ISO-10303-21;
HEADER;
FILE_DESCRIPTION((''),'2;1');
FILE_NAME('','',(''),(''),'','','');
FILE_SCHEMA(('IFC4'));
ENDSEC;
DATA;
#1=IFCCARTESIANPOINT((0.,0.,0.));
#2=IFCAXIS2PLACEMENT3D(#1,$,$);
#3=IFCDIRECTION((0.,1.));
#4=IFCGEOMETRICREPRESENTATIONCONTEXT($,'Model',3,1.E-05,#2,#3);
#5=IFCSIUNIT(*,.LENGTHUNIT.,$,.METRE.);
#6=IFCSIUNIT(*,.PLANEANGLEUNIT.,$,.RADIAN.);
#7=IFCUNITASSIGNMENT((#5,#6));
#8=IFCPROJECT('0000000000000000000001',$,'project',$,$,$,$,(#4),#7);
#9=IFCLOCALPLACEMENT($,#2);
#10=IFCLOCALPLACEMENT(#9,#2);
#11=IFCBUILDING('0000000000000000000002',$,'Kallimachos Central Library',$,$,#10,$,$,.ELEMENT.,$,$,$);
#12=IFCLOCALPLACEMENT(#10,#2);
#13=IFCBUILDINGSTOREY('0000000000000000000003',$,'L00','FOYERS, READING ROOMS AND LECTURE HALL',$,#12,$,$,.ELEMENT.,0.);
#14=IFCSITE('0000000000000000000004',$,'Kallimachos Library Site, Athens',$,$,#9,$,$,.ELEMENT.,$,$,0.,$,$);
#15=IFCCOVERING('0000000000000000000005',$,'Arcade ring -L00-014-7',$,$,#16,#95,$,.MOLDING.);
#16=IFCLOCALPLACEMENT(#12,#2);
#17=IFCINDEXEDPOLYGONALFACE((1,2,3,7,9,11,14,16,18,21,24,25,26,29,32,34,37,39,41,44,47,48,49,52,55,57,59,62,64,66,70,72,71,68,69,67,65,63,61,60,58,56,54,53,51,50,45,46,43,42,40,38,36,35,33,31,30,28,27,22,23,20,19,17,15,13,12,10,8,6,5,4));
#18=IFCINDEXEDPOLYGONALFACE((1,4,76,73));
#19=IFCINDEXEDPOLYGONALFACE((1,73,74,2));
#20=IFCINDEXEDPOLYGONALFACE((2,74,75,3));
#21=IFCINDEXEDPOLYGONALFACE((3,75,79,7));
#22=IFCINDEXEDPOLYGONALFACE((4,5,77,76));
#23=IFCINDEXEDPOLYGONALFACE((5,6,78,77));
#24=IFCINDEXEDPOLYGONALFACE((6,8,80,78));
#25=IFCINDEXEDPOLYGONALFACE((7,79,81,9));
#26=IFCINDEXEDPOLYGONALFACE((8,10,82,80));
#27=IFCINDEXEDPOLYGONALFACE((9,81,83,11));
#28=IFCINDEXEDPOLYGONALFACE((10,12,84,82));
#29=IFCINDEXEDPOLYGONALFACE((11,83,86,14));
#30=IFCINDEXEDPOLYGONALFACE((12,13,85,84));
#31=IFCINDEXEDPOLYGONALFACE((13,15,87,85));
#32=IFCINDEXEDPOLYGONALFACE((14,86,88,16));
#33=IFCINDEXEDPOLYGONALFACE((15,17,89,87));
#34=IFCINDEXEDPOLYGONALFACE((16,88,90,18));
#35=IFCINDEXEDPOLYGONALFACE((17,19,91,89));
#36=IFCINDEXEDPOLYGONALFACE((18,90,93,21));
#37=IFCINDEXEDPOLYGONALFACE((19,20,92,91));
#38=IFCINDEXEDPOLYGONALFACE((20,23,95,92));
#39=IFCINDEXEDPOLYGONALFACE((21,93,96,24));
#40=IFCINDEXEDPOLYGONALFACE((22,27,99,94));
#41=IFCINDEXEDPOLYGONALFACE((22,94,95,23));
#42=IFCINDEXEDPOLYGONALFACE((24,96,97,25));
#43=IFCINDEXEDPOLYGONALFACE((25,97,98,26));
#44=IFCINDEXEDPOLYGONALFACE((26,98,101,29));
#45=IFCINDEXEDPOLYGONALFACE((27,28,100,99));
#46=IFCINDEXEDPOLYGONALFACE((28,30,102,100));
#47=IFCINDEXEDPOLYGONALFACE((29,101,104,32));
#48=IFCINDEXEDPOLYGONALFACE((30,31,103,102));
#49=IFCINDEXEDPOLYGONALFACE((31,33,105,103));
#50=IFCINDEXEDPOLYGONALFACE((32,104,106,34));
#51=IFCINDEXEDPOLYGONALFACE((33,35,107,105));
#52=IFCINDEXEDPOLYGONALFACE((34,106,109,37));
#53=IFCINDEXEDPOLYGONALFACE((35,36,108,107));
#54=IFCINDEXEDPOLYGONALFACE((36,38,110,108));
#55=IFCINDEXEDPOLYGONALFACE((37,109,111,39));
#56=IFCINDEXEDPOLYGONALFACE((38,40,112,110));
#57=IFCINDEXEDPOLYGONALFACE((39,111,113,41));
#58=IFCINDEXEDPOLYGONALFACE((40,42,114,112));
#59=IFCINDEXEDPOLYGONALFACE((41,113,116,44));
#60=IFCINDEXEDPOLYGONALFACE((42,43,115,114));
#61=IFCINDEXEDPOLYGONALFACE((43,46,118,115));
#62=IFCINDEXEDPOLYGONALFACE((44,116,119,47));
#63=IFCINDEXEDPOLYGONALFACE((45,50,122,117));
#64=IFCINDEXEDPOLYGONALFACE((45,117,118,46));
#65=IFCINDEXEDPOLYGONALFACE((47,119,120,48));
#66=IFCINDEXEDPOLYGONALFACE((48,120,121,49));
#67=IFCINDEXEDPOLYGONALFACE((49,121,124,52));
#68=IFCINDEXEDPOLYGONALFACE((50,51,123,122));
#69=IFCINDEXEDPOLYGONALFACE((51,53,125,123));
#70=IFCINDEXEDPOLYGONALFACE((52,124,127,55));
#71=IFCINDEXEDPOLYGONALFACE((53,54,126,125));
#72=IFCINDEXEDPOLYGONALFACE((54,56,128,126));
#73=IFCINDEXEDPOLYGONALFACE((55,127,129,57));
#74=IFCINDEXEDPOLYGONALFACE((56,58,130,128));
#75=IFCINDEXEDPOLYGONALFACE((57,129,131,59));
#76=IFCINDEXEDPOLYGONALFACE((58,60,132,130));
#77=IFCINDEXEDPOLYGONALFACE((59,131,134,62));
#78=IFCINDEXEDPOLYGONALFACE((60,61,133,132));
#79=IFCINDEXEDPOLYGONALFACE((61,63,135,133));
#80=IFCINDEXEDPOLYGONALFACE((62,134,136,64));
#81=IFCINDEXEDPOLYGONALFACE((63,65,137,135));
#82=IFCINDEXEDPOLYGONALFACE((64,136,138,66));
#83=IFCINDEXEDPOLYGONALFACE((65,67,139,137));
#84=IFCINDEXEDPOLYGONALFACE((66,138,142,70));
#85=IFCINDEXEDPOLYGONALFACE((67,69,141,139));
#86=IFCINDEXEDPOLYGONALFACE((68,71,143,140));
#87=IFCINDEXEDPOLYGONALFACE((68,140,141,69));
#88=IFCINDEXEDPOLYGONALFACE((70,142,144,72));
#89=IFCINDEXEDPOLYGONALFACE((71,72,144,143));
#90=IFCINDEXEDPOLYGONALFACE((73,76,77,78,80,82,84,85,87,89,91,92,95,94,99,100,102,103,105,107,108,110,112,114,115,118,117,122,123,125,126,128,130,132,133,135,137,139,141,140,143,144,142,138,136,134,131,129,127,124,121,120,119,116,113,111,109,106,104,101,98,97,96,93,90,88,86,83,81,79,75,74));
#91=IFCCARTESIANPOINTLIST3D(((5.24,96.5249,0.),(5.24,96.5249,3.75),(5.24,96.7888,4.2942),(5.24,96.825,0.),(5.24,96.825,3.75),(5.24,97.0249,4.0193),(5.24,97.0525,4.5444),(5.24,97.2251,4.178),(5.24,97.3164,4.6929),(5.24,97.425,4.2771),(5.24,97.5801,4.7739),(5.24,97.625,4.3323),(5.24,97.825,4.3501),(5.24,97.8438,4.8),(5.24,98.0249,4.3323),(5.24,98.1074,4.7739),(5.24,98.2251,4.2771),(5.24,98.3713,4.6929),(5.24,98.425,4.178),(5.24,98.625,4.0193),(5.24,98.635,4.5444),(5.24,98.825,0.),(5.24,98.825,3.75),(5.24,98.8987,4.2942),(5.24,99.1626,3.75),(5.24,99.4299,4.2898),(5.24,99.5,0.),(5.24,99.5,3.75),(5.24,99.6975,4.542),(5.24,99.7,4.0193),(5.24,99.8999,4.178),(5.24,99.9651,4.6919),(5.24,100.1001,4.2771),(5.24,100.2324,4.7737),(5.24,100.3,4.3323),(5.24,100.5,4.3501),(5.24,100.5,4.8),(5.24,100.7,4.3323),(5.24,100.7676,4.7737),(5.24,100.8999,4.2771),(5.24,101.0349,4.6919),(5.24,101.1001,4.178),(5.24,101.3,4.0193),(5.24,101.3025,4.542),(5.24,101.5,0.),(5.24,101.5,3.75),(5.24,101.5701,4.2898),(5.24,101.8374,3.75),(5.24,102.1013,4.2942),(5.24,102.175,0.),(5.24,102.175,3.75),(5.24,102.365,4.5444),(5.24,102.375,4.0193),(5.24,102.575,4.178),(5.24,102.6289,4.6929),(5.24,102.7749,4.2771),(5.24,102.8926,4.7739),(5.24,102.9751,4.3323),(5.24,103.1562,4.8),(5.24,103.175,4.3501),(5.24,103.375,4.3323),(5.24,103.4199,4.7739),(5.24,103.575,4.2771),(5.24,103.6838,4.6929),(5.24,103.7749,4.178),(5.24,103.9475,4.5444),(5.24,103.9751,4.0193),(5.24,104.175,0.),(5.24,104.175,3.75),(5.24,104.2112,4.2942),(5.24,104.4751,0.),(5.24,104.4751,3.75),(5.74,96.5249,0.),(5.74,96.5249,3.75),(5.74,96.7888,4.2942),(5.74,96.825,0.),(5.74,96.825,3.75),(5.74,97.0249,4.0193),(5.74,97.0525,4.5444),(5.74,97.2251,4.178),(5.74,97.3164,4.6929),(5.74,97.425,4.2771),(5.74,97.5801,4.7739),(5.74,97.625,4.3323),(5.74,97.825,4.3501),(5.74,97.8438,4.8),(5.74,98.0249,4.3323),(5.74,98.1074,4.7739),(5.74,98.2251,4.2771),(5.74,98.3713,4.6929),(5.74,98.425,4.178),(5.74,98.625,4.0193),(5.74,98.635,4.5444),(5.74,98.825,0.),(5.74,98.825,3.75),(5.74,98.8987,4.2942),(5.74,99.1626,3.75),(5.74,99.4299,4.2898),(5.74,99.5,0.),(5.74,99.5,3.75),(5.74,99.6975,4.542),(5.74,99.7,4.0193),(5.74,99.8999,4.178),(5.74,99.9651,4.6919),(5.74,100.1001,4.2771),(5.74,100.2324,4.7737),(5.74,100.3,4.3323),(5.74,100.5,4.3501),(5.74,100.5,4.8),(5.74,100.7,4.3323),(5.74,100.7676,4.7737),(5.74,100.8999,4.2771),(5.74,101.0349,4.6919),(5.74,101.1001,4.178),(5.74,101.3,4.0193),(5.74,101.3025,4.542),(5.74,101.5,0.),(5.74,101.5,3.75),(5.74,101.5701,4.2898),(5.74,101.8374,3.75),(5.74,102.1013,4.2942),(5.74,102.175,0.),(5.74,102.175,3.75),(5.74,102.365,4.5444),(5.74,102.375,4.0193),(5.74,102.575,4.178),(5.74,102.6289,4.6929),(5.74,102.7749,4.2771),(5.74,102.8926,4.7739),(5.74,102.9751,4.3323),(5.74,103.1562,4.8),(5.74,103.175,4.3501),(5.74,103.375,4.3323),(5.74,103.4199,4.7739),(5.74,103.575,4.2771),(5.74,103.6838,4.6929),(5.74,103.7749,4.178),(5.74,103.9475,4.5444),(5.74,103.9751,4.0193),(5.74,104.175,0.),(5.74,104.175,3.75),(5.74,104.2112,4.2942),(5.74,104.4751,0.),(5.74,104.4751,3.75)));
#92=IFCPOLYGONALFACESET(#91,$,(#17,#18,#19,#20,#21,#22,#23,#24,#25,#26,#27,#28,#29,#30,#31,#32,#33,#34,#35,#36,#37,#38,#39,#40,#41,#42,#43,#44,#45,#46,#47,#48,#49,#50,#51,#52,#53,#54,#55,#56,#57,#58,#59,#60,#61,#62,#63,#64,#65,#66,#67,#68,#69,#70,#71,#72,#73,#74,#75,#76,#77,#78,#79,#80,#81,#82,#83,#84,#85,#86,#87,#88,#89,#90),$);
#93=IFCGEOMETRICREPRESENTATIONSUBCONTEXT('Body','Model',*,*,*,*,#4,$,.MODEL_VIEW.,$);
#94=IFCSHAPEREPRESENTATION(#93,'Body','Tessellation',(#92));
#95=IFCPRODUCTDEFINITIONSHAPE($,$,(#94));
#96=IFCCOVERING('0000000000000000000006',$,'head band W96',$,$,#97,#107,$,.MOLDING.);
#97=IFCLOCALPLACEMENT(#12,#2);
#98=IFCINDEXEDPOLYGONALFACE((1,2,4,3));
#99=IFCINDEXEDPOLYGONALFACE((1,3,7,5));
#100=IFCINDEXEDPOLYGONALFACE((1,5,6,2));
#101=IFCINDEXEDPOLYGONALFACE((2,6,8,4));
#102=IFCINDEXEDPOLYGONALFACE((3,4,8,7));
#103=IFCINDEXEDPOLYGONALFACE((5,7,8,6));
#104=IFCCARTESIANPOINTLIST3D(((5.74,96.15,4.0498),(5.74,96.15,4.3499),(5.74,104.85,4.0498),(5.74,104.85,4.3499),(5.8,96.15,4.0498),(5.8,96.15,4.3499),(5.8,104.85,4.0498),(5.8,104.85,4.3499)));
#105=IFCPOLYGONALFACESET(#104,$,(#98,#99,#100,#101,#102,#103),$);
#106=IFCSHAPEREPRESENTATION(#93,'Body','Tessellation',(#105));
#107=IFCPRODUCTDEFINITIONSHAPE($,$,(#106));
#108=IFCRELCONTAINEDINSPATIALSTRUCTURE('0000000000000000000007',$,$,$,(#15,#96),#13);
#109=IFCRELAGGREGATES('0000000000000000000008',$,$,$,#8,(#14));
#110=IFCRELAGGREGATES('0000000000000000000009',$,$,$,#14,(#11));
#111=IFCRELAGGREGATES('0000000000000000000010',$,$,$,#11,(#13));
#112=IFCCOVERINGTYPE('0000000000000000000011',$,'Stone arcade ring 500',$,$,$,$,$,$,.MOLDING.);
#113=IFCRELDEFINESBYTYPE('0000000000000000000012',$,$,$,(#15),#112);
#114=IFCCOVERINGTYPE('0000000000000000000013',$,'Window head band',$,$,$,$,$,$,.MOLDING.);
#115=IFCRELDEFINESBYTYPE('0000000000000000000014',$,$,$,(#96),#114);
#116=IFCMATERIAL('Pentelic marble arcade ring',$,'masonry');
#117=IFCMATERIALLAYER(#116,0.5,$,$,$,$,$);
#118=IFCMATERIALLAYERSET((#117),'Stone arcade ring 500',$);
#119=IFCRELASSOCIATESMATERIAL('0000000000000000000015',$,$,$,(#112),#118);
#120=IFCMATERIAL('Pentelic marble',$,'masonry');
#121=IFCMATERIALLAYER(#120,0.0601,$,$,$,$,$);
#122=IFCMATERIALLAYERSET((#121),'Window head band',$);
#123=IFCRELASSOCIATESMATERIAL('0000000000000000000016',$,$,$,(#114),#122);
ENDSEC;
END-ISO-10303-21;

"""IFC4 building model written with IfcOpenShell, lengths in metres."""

from ifc_helpers import new_model, si_unit, direction, frame, origin, origin_2d, place, context, subcontext, project, spatial, polyline, rectangle, outline, extrude, material, layer, layer_set, type_object, element, save


model = new_model("IFC4")

# Units and contexts
model_context = context("Model", 3, precision=1e-05, world=origin(), true_north=direction((0.0, 1.0)))
body_context = subcontext(model_context, "Body", "Model", "MODEL_VIEW")
ifc_project = project(units=[si_unit("LENGTHUNIT", "METRE"), si_unit("PLANEANGLEUNIT", "RADIAN")], contexts=[model_context])

# Site, building, storey
site_placement = place(None, origin())
site = spatial("IfcSite", under=ifc_project, at=site_placement, Name="Kallimachos Library Site, Athens", CompositionType="ELEMENT", RefElevation=0.0)
building_placement = place(site_placement, origin())
building = spatial("IfcBuilding", under=site, at=building_placement, Name="Kallimachos Central Library", CompositionType="ELEMENT")
storey_placement = place(building_placement, origin())
storey = spatial("IfcBuildingStorey", under=building, at=storey_placement, Name="L00", Description="FOYERS, READING ROOMS AND LECTURE HALL", CompositionType="ELEMENT", Elevation=0.0)

# Coverings
ifc_material_1 = material(Name="Pentelic marble arcade ring", Category="masonry")
ifc_layer_1 = layer(ifc_material_1, 0.5)
ifc_layer_set_1 = layer_set([ifc_layer_1], Name="Stone arcade ring 500")
covering_type_1 = type_object("IfcCoveringType", Name="Stone arcade ring 500", PredefinedType="MOLDING", material=ifc_layer_set_1)
covering_1_placement = place(storey_placement, frame((5.24, 96.5249, 0.0), z_axis=(-1.0, 0.0, 0.0), x_axis=(0.0, 0.0, 1.0)))
element("IfcCovering", 1, at=covering_1_placement, inside=storey, type_object=covering_type_1, Name="Arcade ring -L00-014-7", PredefinedType="MOLDING", context=body_context, shape_type="SweptSolid", body=[
    extrude(outline(polyline([(0.0, 0.0), (3.75, 0.0), (4.2942, 0.2639), (4.5444, 0.5276), (4.6929, 0.7915), (4.7739, 1.0552), (4.8, 1.3188), (4.7739, 1.5825), (4.6929, 1.8464), (4.5444, 2.1101), (4.2942, 2.3738), (3.75, 2.6377), (4.2898, 2.905), (4.542, 3.1726), (4.6919, 3.4402), (4.7737, 3.7075), (4.8, 3.9751), (4.7737, 4.2427), (4.6919, 4.51), (4.542, 4.7776), (4.2898, 5.0452), (3.75, 5.3125), (4.2942, 5.5764), (4.5444, 5.8401), (4.6929, 6.104), (4.7739, 6.3677), (4.8, 6.6313), (4.7739, 6.895), (4.6929, 7.1589), (4.5444, 7.4226), (4.2942, 7.6863), (3.75, 7.9502), (0.0, 7.9502), (0.0, 7.6501), (3.75, 7.6501), (4.0193, 7.4502), (4.178, 7.25), (4.2771, 7.05), (4.3323, 6.8501), (4.3501, 6.6501), (4.3323, 6.4502), (4.2771, 6.25), (4.178, 6.05), (4.0193, 5.8501), (3.75, 5.6501), (0.0, 5.6501), (0.0, 4.9751), (3.75, 4.9751), (4.0193, 4.7751), (4.178, 4.5752), (4.2771, 4.375), (4.3323, 4.175), (4.3501, 3.9751), (4.3323, 3.7751), (4.2771, 3.5752), (4.178, 3.375), (4.0193, 3.175), (3.75, 2.9751), (0.0, 2.9751), (0.0, 2.3), (3.75, 2.3), (4.0193, 2.1001), (4.178, 1.9001), (4.2771, 1.7002), (4.3323, 1.5), (4.3501, 1.3), (4.3323, 1.1001), (4.2771, 0.9001), (4.178, 0.7002), (4.0193, 0.5), (3.75, 0.3), (0.0, 0.3), (0.0, 0.0)])), origin(), (0.0, 0.0, -1.0), 0.5),
])
ifc_material_2 = material(Name="Pentelic marble", Category="masonry")
ifc_layer_2 = layer(ifc_material_2, 0.0601)
ifc_layer_set_2 = layer_set([ifc_layer_2], Name="Window head band")
covering_type_2 = type_object("IfcCoveringType", Name="Window head band", PredefinedType="MOLDING", material=ifc_layer_set_2)
covering_2_placement = place(storey_placement, frame((5.77, 100.5, 4.0498), z_axis=(0.0, 0.0, 1.0), x_axis=(1.0, 0.0, 0.0)))
element("IfcCovering", 2, at=covering_2_placement, inside=storey, type_object=covering_type_2, Name="head band W96", PredefinedType="MOLDING", context=body_context, shape_type="SweptSolid", body=[
    extrude(rectangle(XDim=0.0601, YDim=8.7, at=origin_2d()), origin(), (0.0, 0.0, 1.0), 0.3),
])

save(model, "model.ifc")
